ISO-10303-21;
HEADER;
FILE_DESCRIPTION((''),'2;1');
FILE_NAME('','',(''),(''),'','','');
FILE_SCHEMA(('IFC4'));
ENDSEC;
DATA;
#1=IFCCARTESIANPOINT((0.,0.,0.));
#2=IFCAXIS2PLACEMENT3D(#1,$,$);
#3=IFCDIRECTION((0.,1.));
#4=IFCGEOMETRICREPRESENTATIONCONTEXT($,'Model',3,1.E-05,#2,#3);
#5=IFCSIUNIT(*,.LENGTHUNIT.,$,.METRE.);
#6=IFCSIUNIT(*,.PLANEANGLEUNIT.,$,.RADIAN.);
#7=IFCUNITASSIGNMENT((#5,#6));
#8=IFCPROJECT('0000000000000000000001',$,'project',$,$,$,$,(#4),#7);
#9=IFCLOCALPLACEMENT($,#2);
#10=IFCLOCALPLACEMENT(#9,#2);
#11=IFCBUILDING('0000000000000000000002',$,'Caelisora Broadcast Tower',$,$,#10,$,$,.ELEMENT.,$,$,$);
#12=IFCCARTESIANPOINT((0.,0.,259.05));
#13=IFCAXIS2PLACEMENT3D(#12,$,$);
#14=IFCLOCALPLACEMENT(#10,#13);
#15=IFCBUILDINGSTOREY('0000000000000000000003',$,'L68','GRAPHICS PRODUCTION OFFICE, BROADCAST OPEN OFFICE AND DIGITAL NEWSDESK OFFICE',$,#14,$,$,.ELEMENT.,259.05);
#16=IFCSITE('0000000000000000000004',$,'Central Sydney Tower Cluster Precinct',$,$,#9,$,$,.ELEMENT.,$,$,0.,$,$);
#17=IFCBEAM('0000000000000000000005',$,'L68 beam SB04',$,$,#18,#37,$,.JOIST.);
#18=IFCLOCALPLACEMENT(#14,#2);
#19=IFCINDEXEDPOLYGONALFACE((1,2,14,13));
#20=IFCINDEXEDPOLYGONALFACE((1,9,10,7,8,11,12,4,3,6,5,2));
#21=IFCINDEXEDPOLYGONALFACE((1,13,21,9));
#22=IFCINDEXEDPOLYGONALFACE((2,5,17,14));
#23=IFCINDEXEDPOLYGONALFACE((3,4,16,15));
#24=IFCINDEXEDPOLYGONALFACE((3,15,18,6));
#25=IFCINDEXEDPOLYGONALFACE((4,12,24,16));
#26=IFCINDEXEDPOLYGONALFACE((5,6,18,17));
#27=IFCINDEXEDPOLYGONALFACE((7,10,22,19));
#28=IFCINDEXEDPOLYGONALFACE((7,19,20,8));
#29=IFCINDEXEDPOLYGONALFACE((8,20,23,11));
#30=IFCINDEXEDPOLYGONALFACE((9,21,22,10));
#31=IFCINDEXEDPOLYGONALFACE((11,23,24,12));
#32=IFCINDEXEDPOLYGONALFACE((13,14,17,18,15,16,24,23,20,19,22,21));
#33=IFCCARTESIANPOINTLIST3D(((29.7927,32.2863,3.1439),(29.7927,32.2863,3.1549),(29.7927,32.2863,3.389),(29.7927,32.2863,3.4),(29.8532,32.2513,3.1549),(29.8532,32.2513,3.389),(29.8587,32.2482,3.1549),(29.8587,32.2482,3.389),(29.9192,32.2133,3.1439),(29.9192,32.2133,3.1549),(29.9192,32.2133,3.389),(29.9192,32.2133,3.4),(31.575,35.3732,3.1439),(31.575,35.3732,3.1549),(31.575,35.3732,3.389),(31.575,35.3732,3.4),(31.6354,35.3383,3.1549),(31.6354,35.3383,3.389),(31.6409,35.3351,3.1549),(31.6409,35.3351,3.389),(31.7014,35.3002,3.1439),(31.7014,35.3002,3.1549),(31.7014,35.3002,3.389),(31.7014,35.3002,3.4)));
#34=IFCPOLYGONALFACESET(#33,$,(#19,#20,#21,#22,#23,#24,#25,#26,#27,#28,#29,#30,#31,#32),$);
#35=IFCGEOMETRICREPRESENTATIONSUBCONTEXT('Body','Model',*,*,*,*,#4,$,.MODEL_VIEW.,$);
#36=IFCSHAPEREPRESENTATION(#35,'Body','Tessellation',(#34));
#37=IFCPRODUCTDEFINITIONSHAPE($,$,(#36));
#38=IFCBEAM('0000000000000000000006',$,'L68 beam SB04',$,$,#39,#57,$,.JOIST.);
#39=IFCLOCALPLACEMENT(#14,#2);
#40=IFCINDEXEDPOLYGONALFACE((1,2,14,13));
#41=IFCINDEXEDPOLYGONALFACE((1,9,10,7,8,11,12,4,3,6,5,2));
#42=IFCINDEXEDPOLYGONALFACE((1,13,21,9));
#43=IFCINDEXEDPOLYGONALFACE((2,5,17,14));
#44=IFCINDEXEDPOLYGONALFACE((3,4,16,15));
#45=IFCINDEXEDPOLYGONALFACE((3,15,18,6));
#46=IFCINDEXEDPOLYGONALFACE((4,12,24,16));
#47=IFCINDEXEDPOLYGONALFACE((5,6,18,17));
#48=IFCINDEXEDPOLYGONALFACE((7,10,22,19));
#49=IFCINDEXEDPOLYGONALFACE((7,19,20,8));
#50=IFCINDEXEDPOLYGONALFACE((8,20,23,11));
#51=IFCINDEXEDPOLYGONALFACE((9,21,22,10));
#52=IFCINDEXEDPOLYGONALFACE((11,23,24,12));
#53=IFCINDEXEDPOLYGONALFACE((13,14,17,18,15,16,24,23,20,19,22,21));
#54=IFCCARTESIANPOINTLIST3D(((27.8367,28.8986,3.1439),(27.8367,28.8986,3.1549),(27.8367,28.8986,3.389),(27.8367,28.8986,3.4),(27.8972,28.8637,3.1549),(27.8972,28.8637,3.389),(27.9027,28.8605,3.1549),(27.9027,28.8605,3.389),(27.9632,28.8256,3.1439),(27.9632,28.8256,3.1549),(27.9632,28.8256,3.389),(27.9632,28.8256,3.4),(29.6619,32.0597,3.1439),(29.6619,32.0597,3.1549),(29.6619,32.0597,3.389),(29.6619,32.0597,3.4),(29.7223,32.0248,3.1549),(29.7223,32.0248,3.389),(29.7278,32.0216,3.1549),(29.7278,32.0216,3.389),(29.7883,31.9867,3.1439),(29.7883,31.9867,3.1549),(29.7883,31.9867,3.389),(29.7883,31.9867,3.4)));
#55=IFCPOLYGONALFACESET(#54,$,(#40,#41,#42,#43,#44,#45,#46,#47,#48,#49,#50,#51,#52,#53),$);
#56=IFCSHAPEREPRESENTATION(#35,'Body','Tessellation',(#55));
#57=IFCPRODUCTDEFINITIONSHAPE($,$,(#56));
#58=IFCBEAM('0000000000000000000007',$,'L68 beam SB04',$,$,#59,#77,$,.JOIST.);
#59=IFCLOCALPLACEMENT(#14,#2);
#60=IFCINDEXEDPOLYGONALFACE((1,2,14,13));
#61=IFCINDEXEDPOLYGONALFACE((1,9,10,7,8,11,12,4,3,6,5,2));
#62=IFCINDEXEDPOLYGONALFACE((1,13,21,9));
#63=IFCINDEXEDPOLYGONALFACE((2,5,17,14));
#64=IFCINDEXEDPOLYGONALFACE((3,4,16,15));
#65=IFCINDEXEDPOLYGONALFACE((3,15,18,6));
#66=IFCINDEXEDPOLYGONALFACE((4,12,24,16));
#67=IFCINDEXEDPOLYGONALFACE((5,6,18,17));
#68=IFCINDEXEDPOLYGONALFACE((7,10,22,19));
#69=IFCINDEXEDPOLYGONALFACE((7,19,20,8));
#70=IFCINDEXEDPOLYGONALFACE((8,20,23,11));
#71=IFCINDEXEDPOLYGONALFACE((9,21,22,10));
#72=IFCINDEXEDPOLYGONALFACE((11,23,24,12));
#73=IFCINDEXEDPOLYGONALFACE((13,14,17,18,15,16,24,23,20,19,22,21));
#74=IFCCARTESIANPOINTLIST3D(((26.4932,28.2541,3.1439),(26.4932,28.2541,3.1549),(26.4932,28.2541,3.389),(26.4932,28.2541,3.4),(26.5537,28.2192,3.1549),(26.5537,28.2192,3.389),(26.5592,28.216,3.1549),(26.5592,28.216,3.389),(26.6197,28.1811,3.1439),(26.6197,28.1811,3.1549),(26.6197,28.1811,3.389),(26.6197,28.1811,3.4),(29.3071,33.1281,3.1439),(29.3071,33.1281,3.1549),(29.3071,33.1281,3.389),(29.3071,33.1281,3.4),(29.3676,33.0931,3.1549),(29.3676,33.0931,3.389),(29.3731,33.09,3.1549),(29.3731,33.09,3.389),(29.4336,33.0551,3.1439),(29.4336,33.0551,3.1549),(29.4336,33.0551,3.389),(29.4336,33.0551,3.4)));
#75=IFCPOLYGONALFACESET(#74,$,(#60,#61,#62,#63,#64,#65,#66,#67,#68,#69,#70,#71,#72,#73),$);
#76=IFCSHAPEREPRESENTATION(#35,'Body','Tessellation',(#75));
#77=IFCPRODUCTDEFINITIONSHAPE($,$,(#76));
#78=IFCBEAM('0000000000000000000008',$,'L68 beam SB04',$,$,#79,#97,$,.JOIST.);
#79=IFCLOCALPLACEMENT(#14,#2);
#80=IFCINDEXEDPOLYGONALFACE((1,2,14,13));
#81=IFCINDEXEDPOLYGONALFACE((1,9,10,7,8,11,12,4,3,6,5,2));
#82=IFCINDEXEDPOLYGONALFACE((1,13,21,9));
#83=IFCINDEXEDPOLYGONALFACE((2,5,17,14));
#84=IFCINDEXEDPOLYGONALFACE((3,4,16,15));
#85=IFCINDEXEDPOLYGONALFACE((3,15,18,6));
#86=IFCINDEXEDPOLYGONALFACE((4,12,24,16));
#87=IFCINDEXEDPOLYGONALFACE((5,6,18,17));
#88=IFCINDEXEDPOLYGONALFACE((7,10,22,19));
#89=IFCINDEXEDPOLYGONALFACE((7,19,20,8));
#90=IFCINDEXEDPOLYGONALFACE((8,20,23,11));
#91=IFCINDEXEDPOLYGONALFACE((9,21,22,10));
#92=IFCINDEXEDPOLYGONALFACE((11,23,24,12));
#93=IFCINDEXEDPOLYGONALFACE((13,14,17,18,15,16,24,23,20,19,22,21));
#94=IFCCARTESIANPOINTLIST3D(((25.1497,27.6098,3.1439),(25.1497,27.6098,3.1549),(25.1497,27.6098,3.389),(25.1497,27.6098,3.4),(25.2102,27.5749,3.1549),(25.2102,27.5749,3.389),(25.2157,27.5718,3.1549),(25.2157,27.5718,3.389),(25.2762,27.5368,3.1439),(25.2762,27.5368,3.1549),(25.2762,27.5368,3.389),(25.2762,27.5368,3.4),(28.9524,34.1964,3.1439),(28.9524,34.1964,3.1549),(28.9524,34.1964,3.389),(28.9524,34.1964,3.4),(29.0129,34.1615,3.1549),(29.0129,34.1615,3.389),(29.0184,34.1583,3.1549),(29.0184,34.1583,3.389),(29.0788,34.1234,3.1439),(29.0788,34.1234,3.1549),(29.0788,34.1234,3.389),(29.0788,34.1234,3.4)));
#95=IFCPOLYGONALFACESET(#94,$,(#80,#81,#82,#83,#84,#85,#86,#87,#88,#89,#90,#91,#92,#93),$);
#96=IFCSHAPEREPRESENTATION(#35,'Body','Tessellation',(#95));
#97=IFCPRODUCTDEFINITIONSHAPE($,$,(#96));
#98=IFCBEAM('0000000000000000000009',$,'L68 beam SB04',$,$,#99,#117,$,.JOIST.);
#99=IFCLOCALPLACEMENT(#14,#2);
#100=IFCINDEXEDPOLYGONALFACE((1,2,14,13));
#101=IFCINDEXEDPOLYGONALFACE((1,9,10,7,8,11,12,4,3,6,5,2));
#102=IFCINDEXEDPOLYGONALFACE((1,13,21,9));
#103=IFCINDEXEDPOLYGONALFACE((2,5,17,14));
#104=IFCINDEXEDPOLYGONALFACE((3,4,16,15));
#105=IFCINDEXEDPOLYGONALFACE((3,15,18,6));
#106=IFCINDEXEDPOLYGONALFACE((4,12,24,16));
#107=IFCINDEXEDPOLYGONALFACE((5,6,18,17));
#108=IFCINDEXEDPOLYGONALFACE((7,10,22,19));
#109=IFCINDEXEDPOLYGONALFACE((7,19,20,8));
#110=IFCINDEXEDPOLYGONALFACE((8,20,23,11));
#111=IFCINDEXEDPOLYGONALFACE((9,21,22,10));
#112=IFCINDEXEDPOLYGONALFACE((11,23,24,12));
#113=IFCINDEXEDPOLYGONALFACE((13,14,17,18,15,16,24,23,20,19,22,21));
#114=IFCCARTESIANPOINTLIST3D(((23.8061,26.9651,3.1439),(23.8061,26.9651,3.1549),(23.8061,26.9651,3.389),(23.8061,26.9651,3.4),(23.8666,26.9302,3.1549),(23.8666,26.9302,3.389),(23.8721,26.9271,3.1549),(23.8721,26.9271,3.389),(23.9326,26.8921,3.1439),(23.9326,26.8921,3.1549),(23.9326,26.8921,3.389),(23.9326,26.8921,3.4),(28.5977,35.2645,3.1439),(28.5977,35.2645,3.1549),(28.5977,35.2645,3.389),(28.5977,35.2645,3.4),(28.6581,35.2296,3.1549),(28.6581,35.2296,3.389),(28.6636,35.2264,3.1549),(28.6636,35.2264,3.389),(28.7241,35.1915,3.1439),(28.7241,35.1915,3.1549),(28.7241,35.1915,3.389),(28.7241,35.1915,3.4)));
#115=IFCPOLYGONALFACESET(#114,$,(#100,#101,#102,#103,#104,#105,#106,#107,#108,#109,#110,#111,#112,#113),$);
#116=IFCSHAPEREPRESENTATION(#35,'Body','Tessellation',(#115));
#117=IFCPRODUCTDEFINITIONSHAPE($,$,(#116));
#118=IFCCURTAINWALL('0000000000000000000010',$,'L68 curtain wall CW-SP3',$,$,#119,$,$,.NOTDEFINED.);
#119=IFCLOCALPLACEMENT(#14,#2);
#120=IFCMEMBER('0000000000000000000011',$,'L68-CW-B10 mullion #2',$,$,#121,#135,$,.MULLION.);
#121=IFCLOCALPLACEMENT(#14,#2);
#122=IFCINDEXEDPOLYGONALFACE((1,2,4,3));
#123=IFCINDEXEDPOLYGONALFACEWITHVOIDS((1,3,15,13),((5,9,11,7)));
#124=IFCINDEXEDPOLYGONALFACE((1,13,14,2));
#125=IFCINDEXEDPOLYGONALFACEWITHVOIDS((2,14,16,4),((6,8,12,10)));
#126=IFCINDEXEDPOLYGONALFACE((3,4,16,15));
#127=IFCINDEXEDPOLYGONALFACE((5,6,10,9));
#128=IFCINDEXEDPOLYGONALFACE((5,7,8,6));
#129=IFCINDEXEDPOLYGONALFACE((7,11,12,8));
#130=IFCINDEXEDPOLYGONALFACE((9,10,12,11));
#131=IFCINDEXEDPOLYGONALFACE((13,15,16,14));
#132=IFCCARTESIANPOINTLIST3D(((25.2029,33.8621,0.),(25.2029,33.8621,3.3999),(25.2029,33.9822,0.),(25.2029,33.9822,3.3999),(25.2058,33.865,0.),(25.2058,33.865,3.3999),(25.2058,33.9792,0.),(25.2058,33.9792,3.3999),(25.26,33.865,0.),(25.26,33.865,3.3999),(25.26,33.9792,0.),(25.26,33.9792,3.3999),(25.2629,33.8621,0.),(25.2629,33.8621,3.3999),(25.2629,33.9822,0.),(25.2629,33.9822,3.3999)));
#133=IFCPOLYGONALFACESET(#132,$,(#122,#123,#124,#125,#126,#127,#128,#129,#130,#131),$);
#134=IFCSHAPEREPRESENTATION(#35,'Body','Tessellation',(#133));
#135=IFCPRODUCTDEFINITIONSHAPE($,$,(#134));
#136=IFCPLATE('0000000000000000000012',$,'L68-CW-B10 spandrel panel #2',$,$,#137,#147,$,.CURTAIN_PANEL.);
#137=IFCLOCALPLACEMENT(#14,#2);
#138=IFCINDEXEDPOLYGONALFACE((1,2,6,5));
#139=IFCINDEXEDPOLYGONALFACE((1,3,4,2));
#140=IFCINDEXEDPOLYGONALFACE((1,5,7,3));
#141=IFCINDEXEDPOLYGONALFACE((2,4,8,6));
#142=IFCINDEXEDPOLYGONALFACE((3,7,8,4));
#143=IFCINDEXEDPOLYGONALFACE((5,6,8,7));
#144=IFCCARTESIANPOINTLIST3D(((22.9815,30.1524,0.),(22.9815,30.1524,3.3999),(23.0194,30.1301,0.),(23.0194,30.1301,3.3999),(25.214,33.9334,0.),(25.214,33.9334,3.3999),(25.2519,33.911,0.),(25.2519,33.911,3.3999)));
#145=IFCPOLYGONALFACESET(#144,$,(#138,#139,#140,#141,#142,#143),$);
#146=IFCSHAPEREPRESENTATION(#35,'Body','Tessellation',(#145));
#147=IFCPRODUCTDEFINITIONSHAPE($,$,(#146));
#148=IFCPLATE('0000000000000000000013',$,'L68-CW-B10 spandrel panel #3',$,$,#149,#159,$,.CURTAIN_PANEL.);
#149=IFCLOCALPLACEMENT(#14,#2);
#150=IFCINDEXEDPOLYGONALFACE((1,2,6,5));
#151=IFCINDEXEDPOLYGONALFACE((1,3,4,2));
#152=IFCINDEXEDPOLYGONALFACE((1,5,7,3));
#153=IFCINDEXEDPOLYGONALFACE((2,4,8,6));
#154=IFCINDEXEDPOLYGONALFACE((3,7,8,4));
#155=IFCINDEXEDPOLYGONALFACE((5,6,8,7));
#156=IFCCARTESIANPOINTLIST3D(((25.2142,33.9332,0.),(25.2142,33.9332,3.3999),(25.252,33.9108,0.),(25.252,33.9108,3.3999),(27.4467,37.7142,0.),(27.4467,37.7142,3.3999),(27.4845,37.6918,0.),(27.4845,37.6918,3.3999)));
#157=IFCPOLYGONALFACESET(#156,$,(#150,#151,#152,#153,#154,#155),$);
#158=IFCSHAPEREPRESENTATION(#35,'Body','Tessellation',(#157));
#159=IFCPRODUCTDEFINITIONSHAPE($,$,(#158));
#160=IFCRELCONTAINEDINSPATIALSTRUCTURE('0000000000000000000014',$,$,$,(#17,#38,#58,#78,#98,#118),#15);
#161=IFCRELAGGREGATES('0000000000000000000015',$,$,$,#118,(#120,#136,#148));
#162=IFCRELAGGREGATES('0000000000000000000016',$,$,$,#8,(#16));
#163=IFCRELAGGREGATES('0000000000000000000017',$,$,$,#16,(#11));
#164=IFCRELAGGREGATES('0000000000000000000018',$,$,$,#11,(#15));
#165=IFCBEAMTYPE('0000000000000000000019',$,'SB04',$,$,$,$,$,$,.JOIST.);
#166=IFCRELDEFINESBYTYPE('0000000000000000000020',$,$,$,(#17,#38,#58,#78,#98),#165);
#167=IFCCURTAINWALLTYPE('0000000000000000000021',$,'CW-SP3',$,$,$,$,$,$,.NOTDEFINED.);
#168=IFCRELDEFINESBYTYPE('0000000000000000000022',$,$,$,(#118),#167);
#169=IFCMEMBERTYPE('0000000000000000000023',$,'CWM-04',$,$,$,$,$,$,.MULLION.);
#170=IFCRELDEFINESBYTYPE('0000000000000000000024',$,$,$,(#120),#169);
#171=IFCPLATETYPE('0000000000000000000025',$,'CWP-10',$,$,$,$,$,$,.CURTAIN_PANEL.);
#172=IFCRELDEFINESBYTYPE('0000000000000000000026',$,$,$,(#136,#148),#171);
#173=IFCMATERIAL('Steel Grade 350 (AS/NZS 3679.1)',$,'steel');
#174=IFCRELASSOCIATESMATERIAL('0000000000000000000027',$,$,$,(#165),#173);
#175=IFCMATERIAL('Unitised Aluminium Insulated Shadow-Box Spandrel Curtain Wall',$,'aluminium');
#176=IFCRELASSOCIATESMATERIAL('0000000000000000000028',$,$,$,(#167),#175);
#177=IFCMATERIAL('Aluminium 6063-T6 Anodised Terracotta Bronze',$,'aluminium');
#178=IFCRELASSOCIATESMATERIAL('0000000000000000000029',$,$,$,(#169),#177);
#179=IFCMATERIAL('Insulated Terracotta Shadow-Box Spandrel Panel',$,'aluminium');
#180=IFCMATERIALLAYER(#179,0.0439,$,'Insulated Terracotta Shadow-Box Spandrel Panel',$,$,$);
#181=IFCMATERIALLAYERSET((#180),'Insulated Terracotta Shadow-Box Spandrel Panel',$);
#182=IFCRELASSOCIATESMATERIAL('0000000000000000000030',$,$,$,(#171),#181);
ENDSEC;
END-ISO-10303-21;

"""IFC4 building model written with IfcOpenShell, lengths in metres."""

from ifc_helpers import new_model, si_unit, direction, frame, origin, origin_2d, place, context, subcontext, project, spatial, rectangle, hollow_rectangle, i_section, extrude, source, transform, mapped, material, layer, layer_set, material_profile, profile_set, type_object, type_shapes, element, aggregate, save


model = new_model("IFC4")

# Units and contexts
model_context = context("Model", 3, precision=1e-05, world=origin(), true_north=direction((0.0, 1.0)))
body_context = subcontext(model_context, "Body", "Model", "MODEL_VIEW")
ifc_project = project(units=[si_unit("LENGTHUNIT", "METRE"), si_unit("PLANEANGLEUNIT", "RADIAN")], contexts=[model_context])

# Site, building, storey
site_placement = place(None, origin())
site = spatial("IfcSite", under=ifc_project, at=site_placement, Name="Central Sydney Tower Cluster Precinct", CompositionType="ELEMENT", RefElevation=0.0)
building_placement = place(site_placement, origin())
building = spatial("IfcBuilding", under=site, at=building_placement, Name="Caelisora Broadcast Tower", CompositionType="ELEMENT")
storey_placement = place(building_placement, frame((0.0, 0.0, 259.05)))
storey = spatial("IfcBuildingStorey", under=building, at=storey_placement, Name="L68", Description="GRAPHICS PRODUCTION OFFICE, BROADCAST OPEN OFFICE AND DIGITAL NEWSDESK OFFICE", CompositionType="ELEMENT", Elevation=259.05)

# Beams
ifc_material_1 = material(Name="Steel Grade 350 (AS/NZS 3679.1)", Category="steel")
ifc_material_profile_1 = material_profile(ifc_material_1, i_section(OverallWidth=0.146, OverallDepth=0.2561, WebThickness=0.0063, FlangeThickness=0.011, at=origin_2d()), Name="Steel Grade 350 (AS/NZS 3679.1)")
ifc_profile_set_1 = profile_set([ifc_material_profile_1], Name="Steel Grade 350 (AS/NZS 3679.1)")
beam_type = type_object("IfcBeamType", Name="SB04", PredefinedType="JOIST", material=ifc_profile_set_1)
shared_shape_1 = source(origin(), body_context, "Body", "SweptSolid", [
    extrude(i_section(OverallWidth=0.146, OverallDepth=0.2561, WebThickness=0.0063, FlangeThickness=0.011, at=origin_2d()), origin(), (0.0, 0.0, 1.0), 3.5645),
])
beam_1_placement = place(storey_placement, frame((31.6382, 35.3367, 3.272), z_axis=(-0.499999, -0.866026, 0.0), x_axis=(0.866026, -0.499999, 0.0)))
element("IfcBeam", 1, at=beam_1_placement, inside=storey, type_object=beam_type, Name="L68 beam SB04", PredefinedType="JOIST", context=body_context, shape_type="MappedRepresentation", body=[
    mapped(shared_shape_1, transform((0.0, 0.0, 0.0), scale=1.0)),
])
shared_shape_2 = source(origin(), body_context, "Body", "SweptSolid", [
    extrude(i_section(OverallWidth=0.146, OverallDepth=0.2561, WebThickness=0.0063, FlangeThickness=0.011, at=origin_2d()), origin(), (0.0, 0.0, 1.0), 3.6501),
])
beam_2_placement = place(storey_placement, frame((29.7251, 32.0232, 3.272), z_axis=(-0.500024, -0.866012, 0.0), x_axis=(0.866012, -0.500024, 0.0)))
element("IfcBeam", 2, at=beam_2_placement, inside=storey, type_object=beam_type, Name="L68 beam SB04", PredefinedType="JOIST", context=body_context, shape_type="MappedRepresentation", body=[
    mapped(shared_shape_2, transform((0.0, 0.0, 0.0), scale=1.0)),
])
shared_shape_3 = source(origin(), body_context, "Body", "SweptSolid", [
    extrude(i_section(OverallWidth=0.146, OverallDepth=0.2561, WebThickness=0.0063, FlangeThickness=0.011, at=origin_2d()), origin(), (0.0, 0.0, 1.0), 5.6279),
])
beam_3_placement = place(storey_placement, frame((29.3704, 33.0916, 3.272), z_axis=(-0.499993, -0.86603, 0.0), x_axis=(0.86603, -0.499993, 0.0)))
element("IfcBeam", 3, at=beam_3_placement, inside=storey, type_object=beam_type, Name="L68 beam SB04", PredefinedType="JOIST", context=body_context, shape_type="MappedRepresentation", body=[
    mapped(shared_shape_3, transform((0.0, 0.0, 0.0), scale=1.0)),
])
shared_shape_4 = source(origin(), body_context, "Body", "SweptSolid", [
    extrude(i_section(OverallWidth=0.146, OverallDepth=0.2561, WebThickness=0.0063, FlangeThickness=0.011, at=origin_2d()), origin(), (0.0, 0.0, 1.0), 7.6055),
])
beam_4_placement = place(storey_placement, frame((29.0156, 34.1599, 3.272), z_axis=(-0.499992, -0.86603, 0.0), x_axis=(0.86603, -0.499992, 0.0)))
element("IfcBeam", 4, at=beam_4_placement, inside=storey, type_object=beam_type, Name="L68 beam SB04", PredefinedType="JOIST", context=body_context, shape_type="MappedRepresentation", body=[
    mapped(shared_shape_4, transform((0.0, 0.0, 0.0), scale=1.0)),
])
shared_shape_5 = source(origin(), body_context, "Body", "SweptSolid", [
    extrude(i_section(OverallWidth=0.146, OverallDepth=0.2561, WebThickness=0.0063, FlangeThickness=0.011, at=origin_2d()), origin(), (0.0, 0.0, 1.0), 9.5833),
])
type_shapes(beam_type, [shared_shape_1, shared_shape_2, shared_shape_3, shared_shape_4, shared_shape_5])
beam_5_placement = place(storey_placement, frame((28.6609, 35.228, 3.272), z_axis=(-0.499991, -0.86603, 0.0), x_axis=(0.86603, -0.499991, 0.0)))
element("IfcBeam", 5, at=beam_5_placement, inside=storey, type_object=beam_type, Name="L68 beam SB04", PredefinedType="JOIST", context=body_context, shape_type="MappedRepresentation", body=[
    mapped(shared_shape_5, transform((0.0, 0.0, 0.0), scale=1.0)),
])

# Curtain wall, member, plates
ifc_material_2 = material(Name="Unitised Aluminium Insulated Shadow-Box Spandrel Curtain Wall", Category="aluminium")
curtain_wall_type = type_object("IfcCurtainWallType", Name="CW-SP3", PredefinedType="NOTDEFINED", material=ifc_material_2)
curtain_wall_placement = place(storey_placement, origin())
curtain_wall = element("IfcCurtainWall", 6, at=curtain_wall_placement, inside=storey, type_object=curtain_wall_type, Name="L68 curtain wall CW-SP3", PredefinedType="NOTDEFINED")
ifc_material_3 = material(Name="Aluminium 6063-T6 Anodised Terracotta Bronze", Category="aluminium")
ifc_material_profile_2 = material_profile(ifc_material_3, hollow_rectangle(XDim=0.0601, YDim=0.1201, WallThickness=0.0029, at=origin_2d()), Name="Aluminium 6063-T6 Anodised Terracotta Bronze")
ifc_profile_set_2 = profile_set([ifc_material_profile_2], Name="Aluminium 6063-T6 Anodised Terracotta Bronze")
member_type = type_object("IfcMemberType", Name="CWM-04", PredefinedType="MULLION", material=ifc_profile_set_2)
shared_shape_6 = source(origin(), body_context, "Body", "SweptSolid", [
    extrude(hollow_rectangle(XDim=0.0601, YDim=0.1201, WallThickness=0.0029, at=origin_2d()), origin(), (0.0, 0.0, 1.0), 3.3999),
])
type_shapes(member_type, [shared_shape_6])
member_placement = place(storey_placement, frame((25.2329, 33.9221, 0.0), z_axis=(0.0, 0.0, 1.0), x_axis=(1.0, 0.0, 0.0)))
member = element("IfcMember", 7, at=member_placement, type_object=member_type, Name="L68-CW-B10 mullion #2", PredefinedType="MULLION", context=body_context, shape_type="MappedRepresentation", body=[
    mapped(shared_shape_6, transform((0.0, 0.0, 0.0), scale=1.0)),
])
ifc_material_4 = material(Name="Insulated Terracotta Shadow-Box Spandrel Panel", Category="aluminium")
ifc_layer_1 = layer(ifc_material_4, 0.0439, Name="Insulated Terracotta Shadow-Box Spandrel Panel")
ifc_layer_set_1 = layer_set([ifc_layer_1], Name="Insulated Terracotta Shadow-Box Spandrel Panel")
plate_type = type_object("IfcPlateType", Name="CWP-10", PredefinedType="CURTAIN_PANEL", material=ifc_layer_set_1)
shared_shape_7 = source(origin(), body_context, "Body", "SweptSolid", [
    extrude(rectangle(XDim=4.3909, YDim=0.0439, at=origin_2d()), origin(), (0.0, 0.0, 1.0), 3.3999),
])
type_shapes(plate_type, [shared_shape_7])
plate_1_placement = place(storey_placement, frame((24.1167, 32.0317, 0.0), z_axis=(0.0, 0.0, 1.0), x_axis=(0.50844, 0.861097, 0.0)))
plate_1 = element("IfcPlate", 8, at=plate_1_placement, type_object=plate_type, Name="L68-CW-B10 spandrel panel #2", PredefinedType="CURTAIN_PANEL", context=body_context, shape_type="MappedRepresentation", body=[
    mapped(shared_shape_7, transform((0.0, 0.0, 0.0), scale=1.0)),
])
plate_2_placement = place(storey_placement, frame((26.3494, 35.8125, 0.0), z_axis=(0.0, 0.0, 1.0), x_axis=(0.50844, 0.861097, 0.0)))
plate_2 = element("IfcPlate", 9, at=plate_2_placement, type_object=plate_type, Name="L68-CW-B10 spandrel panel #3", PredefinedType="CURTAIN_PANEL", context=body_context, shape_type="MappedRepresentation", body=[
    mapped(shared_shape_7, transform((0.0, 0.0, 0.0), scale=1.0)),
])
aggregate(curtain_wall, [member, plate_1, plate_2])

save(model, "model.ifc")
